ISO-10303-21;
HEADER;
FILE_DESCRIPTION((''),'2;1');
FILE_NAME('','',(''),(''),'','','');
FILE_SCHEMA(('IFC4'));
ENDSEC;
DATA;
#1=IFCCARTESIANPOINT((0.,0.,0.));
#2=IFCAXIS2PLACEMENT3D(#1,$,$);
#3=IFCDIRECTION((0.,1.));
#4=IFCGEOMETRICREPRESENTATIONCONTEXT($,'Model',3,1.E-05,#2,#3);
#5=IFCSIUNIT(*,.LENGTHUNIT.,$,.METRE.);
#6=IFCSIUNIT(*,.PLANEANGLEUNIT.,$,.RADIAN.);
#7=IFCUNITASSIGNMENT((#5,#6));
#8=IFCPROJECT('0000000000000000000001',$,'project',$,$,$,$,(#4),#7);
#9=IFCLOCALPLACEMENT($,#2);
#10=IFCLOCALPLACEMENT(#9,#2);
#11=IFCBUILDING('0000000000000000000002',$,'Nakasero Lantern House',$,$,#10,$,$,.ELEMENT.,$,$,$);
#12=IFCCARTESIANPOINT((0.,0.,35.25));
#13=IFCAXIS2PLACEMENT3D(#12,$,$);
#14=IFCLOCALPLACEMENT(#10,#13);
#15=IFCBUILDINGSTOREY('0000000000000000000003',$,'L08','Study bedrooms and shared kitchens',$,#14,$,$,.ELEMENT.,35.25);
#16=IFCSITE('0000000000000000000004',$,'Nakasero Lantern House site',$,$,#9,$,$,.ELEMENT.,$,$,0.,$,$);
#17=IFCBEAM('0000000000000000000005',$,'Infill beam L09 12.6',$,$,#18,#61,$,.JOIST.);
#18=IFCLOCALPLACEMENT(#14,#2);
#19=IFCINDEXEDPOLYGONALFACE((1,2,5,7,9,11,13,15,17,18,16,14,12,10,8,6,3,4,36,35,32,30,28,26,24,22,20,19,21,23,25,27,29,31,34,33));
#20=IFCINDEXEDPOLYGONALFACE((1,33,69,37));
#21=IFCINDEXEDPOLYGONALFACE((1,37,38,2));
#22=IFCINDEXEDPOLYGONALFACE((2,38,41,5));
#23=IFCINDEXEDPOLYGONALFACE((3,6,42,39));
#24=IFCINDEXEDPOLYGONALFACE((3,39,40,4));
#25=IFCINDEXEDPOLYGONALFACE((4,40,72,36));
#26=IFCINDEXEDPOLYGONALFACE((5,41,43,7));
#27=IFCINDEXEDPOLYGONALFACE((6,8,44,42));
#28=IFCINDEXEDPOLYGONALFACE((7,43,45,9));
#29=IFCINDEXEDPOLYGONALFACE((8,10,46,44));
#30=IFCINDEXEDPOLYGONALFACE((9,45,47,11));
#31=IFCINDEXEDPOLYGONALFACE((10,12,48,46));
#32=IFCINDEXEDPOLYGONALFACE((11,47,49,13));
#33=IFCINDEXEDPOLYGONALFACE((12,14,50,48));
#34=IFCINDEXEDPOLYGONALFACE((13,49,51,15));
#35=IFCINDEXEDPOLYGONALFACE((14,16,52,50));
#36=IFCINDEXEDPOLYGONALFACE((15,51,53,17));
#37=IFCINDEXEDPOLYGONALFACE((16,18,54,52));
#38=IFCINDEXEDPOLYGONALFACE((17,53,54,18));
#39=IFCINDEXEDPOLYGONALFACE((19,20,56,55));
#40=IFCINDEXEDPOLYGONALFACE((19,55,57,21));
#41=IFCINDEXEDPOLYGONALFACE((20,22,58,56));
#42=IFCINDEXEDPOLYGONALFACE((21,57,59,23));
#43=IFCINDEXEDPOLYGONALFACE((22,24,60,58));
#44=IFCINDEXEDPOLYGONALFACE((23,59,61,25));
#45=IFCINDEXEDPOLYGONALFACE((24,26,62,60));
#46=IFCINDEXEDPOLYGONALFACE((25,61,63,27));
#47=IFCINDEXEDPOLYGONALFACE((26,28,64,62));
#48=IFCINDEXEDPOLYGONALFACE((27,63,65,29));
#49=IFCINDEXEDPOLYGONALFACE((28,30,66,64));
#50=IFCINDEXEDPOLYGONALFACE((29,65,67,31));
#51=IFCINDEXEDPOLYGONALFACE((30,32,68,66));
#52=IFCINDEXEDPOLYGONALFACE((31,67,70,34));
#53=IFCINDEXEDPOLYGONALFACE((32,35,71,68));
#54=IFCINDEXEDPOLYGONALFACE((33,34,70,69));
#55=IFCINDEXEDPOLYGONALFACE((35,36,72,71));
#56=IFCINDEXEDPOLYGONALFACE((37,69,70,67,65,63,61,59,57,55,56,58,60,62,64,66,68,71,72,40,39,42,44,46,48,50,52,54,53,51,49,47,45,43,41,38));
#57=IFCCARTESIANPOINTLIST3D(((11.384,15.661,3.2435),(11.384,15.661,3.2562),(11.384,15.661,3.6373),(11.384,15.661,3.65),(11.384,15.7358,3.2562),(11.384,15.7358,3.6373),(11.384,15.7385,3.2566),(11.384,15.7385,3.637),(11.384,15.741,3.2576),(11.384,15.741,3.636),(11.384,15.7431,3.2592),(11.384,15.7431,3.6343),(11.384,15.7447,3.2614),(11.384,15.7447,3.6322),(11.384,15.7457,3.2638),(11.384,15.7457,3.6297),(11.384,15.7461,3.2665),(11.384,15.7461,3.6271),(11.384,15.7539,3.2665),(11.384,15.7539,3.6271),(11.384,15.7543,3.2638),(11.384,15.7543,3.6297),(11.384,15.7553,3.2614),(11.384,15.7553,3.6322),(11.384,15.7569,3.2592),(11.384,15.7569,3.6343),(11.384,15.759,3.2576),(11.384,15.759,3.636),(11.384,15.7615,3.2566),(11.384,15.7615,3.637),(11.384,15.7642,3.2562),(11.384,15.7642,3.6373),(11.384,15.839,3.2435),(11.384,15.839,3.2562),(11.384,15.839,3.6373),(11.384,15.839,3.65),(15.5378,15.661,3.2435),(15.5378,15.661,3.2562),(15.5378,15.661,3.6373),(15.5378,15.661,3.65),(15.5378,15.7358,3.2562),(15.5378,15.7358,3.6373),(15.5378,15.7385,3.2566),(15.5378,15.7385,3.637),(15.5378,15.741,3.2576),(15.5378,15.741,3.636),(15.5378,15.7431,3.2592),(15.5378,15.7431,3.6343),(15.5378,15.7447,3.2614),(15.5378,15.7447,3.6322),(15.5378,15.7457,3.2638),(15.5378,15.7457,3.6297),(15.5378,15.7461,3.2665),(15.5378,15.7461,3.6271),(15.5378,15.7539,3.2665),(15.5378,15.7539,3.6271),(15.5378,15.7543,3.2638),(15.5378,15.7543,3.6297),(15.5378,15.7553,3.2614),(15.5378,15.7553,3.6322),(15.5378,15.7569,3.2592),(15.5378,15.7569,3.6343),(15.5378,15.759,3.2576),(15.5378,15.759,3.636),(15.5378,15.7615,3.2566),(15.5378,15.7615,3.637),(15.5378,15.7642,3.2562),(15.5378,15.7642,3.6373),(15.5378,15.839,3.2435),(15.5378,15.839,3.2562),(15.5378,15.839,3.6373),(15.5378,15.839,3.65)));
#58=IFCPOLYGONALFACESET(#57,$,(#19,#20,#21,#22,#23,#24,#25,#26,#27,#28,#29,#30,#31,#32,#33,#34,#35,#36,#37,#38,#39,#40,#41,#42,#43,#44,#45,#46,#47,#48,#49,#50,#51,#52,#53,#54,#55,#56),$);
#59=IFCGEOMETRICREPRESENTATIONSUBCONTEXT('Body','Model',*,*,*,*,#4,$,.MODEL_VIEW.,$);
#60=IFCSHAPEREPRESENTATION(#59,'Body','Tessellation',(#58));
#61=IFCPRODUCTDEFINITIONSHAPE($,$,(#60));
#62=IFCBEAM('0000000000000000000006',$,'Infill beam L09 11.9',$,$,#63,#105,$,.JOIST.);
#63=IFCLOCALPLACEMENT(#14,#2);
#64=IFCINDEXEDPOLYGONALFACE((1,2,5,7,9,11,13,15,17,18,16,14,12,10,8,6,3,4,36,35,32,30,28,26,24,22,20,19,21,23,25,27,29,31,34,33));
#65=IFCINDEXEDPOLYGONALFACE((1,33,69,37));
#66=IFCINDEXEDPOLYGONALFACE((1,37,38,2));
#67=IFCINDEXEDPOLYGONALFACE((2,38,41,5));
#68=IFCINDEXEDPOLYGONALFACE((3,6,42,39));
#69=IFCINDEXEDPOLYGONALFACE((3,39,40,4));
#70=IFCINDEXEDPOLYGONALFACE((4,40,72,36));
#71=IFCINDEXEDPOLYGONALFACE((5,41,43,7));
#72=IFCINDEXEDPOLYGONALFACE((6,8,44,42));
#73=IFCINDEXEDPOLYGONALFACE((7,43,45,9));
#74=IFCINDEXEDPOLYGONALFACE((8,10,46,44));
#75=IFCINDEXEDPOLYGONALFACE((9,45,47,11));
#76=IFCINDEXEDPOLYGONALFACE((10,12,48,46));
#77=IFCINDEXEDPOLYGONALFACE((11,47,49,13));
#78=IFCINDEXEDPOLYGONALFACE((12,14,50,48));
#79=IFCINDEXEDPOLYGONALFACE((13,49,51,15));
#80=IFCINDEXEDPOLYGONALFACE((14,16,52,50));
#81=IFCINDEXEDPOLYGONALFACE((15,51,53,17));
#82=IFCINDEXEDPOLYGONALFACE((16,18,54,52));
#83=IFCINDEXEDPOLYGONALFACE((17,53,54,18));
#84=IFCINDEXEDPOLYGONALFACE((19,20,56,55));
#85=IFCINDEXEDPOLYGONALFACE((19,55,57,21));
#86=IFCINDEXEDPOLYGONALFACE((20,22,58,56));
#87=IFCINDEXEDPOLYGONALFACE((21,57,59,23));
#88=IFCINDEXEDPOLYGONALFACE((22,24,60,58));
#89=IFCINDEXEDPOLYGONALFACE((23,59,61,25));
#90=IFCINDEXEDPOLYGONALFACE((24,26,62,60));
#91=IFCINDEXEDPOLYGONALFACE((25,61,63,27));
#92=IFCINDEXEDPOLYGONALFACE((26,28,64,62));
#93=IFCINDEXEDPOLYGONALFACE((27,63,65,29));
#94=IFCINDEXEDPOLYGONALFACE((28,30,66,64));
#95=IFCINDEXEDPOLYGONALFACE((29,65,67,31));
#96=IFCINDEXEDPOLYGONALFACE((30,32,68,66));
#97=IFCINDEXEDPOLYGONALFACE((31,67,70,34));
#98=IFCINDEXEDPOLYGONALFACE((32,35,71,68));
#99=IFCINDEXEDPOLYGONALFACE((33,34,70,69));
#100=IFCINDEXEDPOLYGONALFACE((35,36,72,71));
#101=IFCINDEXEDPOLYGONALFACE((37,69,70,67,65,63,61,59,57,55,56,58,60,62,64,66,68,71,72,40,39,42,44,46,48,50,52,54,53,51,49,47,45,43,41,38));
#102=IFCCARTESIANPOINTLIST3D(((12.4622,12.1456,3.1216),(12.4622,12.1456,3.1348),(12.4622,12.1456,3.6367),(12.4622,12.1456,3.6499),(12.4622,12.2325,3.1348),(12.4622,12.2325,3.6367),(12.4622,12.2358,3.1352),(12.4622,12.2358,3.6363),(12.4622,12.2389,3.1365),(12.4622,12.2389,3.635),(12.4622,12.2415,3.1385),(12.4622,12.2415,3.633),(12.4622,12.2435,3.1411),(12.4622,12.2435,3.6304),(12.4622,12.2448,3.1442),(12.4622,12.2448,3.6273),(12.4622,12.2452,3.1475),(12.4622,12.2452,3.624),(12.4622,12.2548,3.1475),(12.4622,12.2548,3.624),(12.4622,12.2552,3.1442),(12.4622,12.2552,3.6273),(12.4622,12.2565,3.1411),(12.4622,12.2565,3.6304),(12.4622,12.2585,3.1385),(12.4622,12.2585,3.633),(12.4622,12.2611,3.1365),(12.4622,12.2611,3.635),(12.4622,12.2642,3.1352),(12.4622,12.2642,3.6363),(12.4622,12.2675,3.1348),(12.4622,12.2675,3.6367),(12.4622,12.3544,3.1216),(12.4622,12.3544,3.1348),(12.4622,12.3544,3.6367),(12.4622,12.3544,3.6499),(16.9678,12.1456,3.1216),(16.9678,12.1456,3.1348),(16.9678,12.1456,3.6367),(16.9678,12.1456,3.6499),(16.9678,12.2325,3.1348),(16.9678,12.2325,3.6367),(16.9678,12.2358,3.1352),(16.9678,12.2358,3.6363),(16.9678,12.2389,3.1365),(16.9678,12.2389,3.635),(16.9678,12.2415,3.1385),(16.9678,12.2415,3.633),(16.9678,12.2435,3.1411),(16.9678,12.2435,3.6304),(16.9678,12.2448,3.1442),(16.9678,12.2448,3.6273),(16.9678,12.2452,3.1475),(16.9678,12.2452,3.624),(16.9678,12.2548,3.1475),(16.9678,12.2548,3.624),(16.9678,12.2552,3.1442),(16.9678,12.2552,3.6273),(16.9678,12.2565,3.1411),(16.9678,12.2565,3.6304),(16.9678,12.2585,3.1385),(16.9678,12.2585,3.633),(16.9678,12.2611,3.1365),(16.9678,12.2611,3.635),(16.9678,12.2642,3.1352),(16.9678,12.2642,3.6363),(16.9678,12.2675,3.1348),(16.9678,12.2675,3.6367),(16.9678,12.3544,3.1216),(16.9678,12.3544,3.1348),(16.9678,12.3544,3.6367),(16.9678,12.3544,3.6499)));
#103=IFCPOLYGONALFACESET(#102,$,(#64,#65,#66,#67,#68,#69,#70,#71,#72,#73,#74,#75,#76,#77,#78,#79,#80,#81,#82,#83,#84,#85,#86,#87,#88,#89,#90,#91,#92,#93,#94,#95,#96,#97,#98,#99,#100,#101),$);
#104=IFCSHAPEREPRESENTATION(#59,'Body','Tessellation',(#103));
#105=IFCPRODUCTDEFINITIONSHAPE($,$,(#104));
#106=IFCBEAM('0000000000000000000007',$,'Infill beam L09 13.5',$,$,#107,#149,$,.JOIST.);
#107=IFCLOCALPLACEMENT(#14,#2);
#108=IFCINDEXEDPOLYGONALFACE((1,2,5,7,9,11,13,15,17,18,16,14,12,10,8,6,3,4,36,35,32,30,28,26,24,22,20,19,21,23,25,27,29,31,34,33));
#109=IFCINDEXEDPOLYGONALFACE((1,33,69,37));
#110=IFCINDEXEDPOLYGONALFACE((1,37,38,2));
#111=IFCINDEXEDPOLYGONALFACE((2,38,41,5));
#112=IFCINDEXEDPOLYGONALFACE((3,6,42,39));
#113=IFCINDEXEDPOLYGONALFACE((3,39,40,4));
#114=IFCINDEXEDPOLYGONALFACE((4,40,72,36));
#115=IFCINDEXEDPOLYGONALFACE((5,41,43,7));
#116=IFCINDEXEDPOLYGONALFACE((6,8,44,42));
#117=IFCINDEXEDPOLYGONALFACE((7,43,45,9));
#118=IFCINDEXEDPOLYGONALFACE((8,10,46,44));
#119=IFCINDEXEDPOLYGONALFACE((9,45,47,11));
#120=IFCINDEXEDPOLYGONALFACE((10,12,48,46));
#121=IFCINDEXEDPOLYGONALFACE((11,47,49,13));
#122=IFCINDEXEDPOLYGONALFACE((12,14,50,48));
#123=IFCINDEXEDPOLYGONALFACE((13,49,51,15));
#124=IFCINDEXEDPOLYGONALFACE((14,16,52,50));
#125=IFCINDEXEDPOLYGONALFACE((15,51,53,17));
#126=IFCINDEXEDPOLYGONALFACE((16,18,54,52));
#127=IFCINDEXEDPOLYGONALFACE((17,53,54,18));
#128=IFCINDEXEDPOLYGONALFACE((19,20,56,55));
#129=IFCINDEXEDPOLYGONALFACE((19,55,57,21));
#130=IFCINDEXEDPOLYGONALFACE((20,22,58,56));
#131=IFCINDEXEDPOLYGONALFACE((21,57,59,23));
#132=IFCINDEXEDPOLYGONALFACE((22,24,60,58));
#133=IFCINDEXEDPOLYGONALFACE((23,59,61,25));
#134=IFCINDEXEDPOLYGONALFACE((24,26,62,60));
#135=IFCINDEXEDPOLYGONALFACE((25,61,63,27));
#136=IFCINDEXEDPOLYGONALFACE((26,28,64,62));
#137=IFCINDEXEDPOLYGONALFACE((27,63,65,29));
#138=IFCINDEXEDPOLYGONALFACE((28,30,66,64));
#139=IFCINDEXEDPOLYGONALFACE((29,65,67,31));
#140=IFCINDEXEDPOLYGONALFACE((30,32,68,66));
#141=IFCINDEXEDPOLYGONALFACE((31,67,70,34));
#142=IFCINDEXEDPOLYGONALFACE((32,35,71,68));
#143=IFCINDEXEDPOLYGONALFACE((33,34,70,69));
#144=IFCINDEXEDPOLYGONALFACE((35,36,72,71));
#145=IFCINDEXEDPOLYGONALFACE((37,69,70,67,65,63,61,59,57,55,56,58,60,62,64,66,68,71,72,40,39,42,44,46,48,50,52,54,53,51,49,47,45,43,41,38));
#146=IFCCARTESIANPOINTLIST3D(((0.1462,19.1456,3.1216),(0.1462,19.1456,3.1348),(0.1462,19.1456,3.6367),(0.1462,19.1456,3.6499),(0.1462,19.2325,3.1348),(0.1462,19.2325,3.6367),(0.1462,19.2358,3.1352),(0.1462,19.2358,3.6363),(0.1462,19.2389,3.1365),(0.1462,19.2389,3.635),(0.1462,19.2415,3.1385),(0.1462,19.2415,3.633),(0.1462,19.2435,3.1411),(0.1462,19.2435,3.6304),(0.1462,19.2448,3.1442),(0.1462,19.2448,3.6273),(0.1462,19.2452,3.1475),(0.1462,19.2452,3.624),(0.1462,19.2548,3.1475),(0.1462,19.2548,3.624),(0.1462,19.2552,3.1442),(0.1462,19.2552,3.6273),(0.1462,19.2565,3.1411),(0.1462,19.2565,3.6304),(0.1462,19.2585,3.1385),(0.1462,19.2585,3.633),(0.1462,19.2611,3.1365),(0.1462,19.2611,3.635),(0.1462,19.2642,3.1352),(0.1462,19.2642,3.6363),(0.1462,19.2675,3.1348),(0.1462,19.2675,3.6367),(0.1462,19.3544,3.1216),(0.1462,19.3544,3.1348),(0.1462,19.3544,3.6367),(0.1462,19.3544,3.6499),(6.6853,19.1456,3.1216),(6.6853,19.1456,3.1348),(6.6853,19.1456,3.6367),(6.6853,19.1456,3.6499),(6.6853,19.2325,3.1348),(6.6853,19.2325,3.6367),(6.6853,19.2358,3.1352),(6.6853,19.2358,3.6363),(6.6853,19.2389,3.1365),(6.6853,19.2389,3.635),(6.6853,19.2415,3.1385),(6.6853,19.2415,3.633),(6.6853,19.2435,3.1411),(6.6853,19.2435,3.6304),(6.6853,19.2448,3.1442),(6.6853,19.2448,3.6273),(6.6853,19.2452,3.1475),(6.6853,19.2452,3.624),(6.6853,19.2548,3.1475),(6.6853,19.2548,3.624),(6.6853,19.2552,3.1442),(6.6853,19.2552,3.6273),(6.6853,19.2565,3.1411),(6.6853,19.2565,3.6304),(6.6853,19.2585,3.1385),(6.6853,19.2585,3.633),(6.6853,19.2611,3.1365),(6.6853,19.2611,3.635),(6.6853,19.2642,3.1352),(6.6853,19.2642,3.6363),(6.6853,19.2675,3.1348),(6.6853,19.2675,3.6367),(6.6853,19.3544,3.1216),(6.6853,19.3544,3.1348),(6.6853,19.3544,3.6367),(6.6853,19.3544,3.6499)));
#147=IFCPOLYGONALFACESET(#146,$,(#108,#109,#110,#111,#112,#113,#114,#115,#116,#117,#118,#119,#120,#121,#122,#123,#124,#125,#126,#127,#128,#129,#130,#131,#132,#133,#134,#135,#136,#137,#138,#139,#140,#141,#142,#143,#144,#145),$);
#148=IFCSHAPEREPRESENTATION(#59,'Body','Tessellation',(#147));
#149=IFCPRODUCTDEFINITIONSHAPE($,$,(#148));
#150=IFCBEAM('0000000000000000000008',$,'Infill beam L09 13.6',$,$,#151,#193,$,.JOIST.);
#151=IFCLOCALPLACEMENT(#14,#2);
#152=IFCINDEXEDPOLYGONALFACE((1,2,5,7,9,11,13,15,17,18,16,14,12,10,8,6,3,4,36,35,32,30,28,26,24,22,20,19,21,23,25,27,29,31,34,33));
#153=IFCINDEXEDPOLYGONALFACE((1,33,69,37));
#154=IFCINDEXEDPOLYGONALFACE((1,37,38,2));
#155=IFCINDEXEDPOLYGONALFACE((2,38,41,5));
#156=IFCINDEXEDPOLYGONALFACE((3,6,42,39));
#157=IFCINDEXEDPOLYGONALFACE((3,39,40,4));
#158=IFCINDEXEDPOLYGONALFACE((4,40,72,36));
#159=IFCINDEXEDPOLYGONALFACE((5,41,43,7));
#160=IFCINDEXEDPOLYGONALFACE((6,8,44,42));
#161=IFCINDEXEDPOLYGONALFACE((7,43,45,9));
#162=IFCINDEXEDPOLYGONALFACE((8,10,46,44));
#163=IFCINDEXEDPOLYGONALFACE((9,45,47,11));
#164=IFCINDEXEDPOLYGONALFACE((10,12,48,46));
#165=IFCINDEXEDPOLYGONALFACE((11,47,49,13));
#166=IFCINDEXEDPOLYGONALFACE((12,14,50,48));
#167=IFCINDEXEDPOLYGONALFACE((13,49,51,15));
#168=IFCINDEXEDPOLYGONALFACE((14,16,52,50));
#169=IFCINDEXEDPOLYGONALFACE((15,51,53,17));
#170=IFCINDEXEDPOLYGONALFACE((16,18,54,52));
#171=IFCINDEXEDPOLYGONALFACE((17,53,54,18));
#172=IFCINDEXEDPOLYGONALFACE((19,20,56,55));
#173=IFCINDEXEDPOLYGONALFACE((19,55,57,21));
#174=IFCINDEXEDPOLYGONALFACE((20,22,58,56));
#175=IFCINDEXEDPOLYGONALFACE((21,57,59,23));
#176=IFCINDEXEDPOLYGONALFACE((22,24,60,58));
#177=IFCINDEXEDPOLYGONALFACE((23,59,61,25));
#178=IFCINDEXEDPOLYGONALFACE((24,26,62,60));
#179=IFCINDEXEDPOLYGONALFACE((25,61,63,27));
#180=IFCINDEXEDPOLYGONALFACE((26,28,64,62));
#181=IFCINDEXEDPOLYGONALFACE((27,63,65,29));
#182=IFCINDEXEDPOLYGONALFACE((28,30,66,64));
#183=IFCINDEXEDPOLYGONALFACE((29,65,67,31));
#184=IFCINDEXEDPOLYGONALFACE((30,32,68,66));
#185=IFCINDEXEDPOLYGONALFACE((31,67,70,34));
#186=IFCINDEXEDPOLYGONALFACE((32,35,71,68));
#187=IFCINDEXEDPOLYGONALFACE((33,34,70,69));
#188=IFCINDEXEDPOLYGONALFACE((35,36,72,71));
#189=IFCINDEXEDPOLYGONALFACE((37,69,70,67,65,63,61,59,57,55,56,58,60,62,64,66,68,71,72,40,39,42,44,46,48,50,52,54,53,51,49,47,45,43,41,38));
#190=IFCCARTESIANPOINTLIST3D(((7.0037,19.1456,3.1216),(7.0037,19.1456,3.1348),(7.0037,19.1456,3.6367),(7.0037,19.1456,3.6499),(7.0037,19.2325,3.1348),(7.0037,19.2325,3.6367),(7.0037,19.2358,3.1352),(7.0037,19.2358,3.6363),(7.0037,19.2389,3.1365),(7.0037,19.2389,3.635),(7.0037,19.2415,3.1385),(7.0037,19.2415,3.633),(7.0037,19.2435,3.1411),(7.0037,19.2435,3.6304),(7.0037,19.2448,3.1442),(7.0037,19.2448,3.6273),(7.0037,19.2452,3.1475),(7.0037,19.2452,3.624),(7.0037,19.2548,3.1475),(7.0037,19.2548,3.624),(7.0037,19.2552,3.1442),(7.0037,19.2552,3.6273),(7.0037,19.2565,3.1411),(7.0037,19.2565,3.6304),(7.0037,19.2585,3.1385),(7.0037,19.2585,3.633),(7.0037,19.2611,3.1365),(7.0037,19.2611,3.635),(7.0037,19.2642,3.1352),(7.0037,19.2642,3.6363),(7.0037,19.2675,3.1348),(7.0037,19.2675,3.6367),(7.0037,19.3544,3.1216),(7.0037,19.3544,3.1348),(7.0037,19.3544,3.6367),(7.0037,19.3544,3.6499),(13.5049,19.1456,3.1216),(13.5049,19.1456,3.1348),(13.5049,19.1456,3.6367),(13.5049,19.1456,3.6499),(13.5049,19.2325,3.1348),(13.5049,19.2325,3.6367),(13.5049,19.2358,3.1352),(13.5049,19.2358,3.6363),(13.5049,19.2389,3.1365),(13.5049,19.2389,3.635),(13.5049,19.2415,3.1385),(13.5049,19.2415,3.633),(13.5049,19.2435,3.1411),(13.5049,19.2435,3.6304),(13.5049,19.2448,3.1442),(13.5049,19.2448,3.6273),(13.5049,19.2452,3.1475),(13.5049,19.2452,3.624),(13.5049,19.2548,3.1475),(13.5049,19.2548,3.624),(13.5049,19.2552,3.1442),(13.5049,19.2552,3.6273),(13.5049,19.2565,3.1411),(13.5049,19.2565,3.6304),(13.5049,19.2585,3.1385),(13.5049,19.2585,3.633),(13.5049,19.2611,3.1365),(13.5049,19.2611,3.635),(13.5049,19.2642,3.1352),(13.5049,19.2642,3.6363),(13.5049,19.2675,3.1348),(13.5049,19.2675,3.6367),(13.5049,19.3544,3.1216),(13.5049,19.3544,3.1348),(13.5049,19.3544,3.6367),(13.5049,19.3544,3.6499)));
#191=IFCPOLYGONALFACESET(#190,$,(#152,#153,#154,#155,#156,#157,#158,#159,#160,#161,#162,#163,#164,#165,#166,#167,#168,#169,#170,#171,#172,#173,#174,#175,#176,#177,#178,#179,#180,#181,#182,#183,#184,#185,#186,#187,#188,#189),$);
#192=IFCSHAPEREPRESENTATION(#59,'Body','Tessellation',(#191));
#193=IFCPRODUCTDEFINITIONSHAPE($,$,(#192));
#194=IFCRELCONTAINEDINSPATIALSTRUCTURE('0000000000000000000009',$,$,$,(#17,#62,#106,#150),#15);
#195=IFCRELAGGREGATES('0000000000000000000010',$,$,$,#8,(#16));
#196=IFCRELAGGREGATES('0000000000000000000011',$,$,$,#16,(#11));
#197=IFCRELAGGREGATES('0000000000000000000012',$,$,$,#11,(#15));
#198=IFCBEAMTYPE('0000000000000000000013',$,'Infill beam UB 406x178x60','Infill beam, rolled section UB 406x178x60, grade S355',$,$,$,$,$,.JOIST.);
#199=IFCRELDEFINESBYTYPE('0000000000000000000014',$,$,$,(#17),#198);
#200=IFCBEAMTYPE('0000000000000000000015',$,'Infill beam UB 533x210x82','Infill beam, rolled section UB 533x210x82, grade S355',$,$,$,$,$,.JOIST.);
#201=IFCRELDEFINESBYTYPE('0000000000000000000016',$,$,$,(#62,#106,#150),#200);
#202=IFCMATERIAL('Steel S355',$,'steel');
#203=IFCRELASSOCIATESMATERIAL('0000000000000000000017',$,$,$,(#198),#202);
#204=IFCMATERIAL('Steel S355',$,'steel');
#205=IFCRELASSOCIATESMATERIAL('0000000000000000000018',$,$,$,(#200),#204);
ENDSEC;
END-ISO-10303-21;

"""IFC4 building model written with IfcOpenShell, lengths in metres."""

from ifc_helpers import new_model, si_unit, direction, frame, origin, origin_2d, place, context, subcontext, project, spatial, i_section, extrude, material, material_profile, profile_set, type_object, element, save


model = new_model("IFC4")

# Units and contexts
model_context = context("Model", 3, precision=1e-05, world=origin(), true_north=direction((0.0, 1.0)))
body_context = subcontext(model_context, "Body", "Model", "MODEL_VIEW")
ifc_project = project(units=[si_unit("LENGTHUNIT", "METRE"), si_unit("PLANEANGLEUNIT", "RADIAN")], contexts=[model_context])

# Site, building, storey
site_placement = place(None, origin())
site = spatial("IfcSite", under=ifc_project, at=site_placement, Name="Nakasero Lantern House site", CompositionType="ELEMENT", RefElevation=0.0)
building_placement = place(site_placement, origin())
building = spatial("IfcBuilding", under=site, at=building_placement, Name="Nakasero Lantern House", CompositionType="ELEMENT")
storey_placement = place(building_placement, frame((0.0, 0.0, 35.25)))
storey = spatial("IfcBuildingStorey", under=building, at=storey_placement, Name="L08", Description="Study bedrooms and shared kitchens", CompositionType="ELEMENT", Elevation=35.25)

# Beams
ifc_material_1 = material(Name="Steel S355", Category="steel")
ifc_material_profile_1 = material_profile(ifc_material_1, i_section(OverallWidth=0.178, OverallDepth=0.4065, WebThickness=0.0078, FlangeThickness=0.0127, FilletRadius=0.0103, at=origin_2d()), Name="UB 406x178x60")
ifc_profile_set_1 = profile_set([ifc_material_profile_1], Name="Steel S355")
beam_type_1 = type_object("IfcBeamType", Name="Infill beam UB 406x178x60", Description="Infill beam, rolled section UB 406x178x60, grade S355", PredefinedType="JOIST", material=ifc_profile_set_1)
beam_1_placement = place(storey_placement, frame((11.384, 15.75, 3.4468), z_axis=(1.0, 0.0, 0.0), x_axis=(0.0, 1.0, 0.0)))
element("IfcBeam", 1, at=beam_1_placement, inside=storey, type_object=beam_type_1, Name="Infill beam L09 12.6", PredefinedType="JOIST", context=body_context, shape_type="SweptSolid", body=[
    extrude(i_section(OverallWidth=0.178, OverallDepth=0.4065, WebThickness=0.0078, FlangeThickness=0.0127, FilletRadius=0.0103, at=origin_2d()), origin(), (0.0, 0.0, 1.0), 4.1538),
])
ifc_material_2 = material(Name="Steel S355", Category="steel")
ifc_material_profile_2 = material_profile(ifc_material_2, i_section(OverallWidth=0.2087, OverallDepth=0.5283, WebThickness=0.0095, FlangeThickness=0.0132, FilletRadius=0.0127, at=origin_2d()), Name="UB 533x210x82")
ifc_profile_set_2 = profile_set([ifc_material_profile_2], Name="Steel S355")
beam_type_2 = type_object("IfcBeamType", Name="Infill beam UB 533x210x82", Description="Infill beam, rolled section UB 533x210x82, grade S355", PredefinedType="JOIST", material=ifc_profile_set_2)
beam_2_placement = place(storey_placement, frame((12.4622, 12.25, 3.3857), z_axis=(1.0, 0.0, 0.0), x_axis=(0.0, 1.0, 0.0)))
element("IfcBeam", 2, at=beam_2_placement, inside=storey, type_object=beam_type_2, Name="Infill beam L09 11.9", PredefinedType="JOIST", context=body_context, shape_type="SweptSolid", body=[
    extrude(i_section(OverallWidth=0.2087, OverallDepth=0.5283, WebThickness=0.0095, FlangeThickness=0.0132, FilletRadius=0.0127, at=origin_2d()), origin(), (0.0, 0.0, 1.0), 4.5056),
])
beam_3_placement = place(storey_placement, frame((0.1462, 19.25, 3.3857), z_axis=(1.0, 0.0, 0.0), x_axis=(0.0, 1.0, 0.0)))
element("IfcBeam", 3, at=beam_3_placement, inside=storey, type_object=beam_type_2, Name="Infill beam L09 13.5", PredefinedType="JOIST", context=body_context, shape_type="SweptSolid", body=[
    extrude(i_section(OverallWidth=0.2087, OverallDepth=0.5283, WebThickness=0.0095, FlangeThickness=0.0132, FilletRadius=0.0127, at=origin_2d()), origin(), (0.0, 0.0, 1.0), 6.5391),
])
beam_4_placement = place(storey_placement, frame((7.0037, 19.25, 3.3857), z_axis=(1.0, 0.0, 0.0), x_axis=(0.0, 1.0, 0.0)))
element("IfcBeam", 4, at=beam_4_placement, inside=storey, type_object=beam_type_2, Name="Infill beam L09 13.6", PredefinedType="JOIST", context=body_context, shape_type="SweptSolid", body=[
    extrude(i_section(OverallWidth=0.2087, OverallDepth=0.5283, WebThickness=0.0095, FlangeThickness=0.0132, FilletRadius=0.0127, at=origin_2d()), origin(), (0.0, 0.0, 1.0), 6.5012),
])

save(model, "model.ifc")
